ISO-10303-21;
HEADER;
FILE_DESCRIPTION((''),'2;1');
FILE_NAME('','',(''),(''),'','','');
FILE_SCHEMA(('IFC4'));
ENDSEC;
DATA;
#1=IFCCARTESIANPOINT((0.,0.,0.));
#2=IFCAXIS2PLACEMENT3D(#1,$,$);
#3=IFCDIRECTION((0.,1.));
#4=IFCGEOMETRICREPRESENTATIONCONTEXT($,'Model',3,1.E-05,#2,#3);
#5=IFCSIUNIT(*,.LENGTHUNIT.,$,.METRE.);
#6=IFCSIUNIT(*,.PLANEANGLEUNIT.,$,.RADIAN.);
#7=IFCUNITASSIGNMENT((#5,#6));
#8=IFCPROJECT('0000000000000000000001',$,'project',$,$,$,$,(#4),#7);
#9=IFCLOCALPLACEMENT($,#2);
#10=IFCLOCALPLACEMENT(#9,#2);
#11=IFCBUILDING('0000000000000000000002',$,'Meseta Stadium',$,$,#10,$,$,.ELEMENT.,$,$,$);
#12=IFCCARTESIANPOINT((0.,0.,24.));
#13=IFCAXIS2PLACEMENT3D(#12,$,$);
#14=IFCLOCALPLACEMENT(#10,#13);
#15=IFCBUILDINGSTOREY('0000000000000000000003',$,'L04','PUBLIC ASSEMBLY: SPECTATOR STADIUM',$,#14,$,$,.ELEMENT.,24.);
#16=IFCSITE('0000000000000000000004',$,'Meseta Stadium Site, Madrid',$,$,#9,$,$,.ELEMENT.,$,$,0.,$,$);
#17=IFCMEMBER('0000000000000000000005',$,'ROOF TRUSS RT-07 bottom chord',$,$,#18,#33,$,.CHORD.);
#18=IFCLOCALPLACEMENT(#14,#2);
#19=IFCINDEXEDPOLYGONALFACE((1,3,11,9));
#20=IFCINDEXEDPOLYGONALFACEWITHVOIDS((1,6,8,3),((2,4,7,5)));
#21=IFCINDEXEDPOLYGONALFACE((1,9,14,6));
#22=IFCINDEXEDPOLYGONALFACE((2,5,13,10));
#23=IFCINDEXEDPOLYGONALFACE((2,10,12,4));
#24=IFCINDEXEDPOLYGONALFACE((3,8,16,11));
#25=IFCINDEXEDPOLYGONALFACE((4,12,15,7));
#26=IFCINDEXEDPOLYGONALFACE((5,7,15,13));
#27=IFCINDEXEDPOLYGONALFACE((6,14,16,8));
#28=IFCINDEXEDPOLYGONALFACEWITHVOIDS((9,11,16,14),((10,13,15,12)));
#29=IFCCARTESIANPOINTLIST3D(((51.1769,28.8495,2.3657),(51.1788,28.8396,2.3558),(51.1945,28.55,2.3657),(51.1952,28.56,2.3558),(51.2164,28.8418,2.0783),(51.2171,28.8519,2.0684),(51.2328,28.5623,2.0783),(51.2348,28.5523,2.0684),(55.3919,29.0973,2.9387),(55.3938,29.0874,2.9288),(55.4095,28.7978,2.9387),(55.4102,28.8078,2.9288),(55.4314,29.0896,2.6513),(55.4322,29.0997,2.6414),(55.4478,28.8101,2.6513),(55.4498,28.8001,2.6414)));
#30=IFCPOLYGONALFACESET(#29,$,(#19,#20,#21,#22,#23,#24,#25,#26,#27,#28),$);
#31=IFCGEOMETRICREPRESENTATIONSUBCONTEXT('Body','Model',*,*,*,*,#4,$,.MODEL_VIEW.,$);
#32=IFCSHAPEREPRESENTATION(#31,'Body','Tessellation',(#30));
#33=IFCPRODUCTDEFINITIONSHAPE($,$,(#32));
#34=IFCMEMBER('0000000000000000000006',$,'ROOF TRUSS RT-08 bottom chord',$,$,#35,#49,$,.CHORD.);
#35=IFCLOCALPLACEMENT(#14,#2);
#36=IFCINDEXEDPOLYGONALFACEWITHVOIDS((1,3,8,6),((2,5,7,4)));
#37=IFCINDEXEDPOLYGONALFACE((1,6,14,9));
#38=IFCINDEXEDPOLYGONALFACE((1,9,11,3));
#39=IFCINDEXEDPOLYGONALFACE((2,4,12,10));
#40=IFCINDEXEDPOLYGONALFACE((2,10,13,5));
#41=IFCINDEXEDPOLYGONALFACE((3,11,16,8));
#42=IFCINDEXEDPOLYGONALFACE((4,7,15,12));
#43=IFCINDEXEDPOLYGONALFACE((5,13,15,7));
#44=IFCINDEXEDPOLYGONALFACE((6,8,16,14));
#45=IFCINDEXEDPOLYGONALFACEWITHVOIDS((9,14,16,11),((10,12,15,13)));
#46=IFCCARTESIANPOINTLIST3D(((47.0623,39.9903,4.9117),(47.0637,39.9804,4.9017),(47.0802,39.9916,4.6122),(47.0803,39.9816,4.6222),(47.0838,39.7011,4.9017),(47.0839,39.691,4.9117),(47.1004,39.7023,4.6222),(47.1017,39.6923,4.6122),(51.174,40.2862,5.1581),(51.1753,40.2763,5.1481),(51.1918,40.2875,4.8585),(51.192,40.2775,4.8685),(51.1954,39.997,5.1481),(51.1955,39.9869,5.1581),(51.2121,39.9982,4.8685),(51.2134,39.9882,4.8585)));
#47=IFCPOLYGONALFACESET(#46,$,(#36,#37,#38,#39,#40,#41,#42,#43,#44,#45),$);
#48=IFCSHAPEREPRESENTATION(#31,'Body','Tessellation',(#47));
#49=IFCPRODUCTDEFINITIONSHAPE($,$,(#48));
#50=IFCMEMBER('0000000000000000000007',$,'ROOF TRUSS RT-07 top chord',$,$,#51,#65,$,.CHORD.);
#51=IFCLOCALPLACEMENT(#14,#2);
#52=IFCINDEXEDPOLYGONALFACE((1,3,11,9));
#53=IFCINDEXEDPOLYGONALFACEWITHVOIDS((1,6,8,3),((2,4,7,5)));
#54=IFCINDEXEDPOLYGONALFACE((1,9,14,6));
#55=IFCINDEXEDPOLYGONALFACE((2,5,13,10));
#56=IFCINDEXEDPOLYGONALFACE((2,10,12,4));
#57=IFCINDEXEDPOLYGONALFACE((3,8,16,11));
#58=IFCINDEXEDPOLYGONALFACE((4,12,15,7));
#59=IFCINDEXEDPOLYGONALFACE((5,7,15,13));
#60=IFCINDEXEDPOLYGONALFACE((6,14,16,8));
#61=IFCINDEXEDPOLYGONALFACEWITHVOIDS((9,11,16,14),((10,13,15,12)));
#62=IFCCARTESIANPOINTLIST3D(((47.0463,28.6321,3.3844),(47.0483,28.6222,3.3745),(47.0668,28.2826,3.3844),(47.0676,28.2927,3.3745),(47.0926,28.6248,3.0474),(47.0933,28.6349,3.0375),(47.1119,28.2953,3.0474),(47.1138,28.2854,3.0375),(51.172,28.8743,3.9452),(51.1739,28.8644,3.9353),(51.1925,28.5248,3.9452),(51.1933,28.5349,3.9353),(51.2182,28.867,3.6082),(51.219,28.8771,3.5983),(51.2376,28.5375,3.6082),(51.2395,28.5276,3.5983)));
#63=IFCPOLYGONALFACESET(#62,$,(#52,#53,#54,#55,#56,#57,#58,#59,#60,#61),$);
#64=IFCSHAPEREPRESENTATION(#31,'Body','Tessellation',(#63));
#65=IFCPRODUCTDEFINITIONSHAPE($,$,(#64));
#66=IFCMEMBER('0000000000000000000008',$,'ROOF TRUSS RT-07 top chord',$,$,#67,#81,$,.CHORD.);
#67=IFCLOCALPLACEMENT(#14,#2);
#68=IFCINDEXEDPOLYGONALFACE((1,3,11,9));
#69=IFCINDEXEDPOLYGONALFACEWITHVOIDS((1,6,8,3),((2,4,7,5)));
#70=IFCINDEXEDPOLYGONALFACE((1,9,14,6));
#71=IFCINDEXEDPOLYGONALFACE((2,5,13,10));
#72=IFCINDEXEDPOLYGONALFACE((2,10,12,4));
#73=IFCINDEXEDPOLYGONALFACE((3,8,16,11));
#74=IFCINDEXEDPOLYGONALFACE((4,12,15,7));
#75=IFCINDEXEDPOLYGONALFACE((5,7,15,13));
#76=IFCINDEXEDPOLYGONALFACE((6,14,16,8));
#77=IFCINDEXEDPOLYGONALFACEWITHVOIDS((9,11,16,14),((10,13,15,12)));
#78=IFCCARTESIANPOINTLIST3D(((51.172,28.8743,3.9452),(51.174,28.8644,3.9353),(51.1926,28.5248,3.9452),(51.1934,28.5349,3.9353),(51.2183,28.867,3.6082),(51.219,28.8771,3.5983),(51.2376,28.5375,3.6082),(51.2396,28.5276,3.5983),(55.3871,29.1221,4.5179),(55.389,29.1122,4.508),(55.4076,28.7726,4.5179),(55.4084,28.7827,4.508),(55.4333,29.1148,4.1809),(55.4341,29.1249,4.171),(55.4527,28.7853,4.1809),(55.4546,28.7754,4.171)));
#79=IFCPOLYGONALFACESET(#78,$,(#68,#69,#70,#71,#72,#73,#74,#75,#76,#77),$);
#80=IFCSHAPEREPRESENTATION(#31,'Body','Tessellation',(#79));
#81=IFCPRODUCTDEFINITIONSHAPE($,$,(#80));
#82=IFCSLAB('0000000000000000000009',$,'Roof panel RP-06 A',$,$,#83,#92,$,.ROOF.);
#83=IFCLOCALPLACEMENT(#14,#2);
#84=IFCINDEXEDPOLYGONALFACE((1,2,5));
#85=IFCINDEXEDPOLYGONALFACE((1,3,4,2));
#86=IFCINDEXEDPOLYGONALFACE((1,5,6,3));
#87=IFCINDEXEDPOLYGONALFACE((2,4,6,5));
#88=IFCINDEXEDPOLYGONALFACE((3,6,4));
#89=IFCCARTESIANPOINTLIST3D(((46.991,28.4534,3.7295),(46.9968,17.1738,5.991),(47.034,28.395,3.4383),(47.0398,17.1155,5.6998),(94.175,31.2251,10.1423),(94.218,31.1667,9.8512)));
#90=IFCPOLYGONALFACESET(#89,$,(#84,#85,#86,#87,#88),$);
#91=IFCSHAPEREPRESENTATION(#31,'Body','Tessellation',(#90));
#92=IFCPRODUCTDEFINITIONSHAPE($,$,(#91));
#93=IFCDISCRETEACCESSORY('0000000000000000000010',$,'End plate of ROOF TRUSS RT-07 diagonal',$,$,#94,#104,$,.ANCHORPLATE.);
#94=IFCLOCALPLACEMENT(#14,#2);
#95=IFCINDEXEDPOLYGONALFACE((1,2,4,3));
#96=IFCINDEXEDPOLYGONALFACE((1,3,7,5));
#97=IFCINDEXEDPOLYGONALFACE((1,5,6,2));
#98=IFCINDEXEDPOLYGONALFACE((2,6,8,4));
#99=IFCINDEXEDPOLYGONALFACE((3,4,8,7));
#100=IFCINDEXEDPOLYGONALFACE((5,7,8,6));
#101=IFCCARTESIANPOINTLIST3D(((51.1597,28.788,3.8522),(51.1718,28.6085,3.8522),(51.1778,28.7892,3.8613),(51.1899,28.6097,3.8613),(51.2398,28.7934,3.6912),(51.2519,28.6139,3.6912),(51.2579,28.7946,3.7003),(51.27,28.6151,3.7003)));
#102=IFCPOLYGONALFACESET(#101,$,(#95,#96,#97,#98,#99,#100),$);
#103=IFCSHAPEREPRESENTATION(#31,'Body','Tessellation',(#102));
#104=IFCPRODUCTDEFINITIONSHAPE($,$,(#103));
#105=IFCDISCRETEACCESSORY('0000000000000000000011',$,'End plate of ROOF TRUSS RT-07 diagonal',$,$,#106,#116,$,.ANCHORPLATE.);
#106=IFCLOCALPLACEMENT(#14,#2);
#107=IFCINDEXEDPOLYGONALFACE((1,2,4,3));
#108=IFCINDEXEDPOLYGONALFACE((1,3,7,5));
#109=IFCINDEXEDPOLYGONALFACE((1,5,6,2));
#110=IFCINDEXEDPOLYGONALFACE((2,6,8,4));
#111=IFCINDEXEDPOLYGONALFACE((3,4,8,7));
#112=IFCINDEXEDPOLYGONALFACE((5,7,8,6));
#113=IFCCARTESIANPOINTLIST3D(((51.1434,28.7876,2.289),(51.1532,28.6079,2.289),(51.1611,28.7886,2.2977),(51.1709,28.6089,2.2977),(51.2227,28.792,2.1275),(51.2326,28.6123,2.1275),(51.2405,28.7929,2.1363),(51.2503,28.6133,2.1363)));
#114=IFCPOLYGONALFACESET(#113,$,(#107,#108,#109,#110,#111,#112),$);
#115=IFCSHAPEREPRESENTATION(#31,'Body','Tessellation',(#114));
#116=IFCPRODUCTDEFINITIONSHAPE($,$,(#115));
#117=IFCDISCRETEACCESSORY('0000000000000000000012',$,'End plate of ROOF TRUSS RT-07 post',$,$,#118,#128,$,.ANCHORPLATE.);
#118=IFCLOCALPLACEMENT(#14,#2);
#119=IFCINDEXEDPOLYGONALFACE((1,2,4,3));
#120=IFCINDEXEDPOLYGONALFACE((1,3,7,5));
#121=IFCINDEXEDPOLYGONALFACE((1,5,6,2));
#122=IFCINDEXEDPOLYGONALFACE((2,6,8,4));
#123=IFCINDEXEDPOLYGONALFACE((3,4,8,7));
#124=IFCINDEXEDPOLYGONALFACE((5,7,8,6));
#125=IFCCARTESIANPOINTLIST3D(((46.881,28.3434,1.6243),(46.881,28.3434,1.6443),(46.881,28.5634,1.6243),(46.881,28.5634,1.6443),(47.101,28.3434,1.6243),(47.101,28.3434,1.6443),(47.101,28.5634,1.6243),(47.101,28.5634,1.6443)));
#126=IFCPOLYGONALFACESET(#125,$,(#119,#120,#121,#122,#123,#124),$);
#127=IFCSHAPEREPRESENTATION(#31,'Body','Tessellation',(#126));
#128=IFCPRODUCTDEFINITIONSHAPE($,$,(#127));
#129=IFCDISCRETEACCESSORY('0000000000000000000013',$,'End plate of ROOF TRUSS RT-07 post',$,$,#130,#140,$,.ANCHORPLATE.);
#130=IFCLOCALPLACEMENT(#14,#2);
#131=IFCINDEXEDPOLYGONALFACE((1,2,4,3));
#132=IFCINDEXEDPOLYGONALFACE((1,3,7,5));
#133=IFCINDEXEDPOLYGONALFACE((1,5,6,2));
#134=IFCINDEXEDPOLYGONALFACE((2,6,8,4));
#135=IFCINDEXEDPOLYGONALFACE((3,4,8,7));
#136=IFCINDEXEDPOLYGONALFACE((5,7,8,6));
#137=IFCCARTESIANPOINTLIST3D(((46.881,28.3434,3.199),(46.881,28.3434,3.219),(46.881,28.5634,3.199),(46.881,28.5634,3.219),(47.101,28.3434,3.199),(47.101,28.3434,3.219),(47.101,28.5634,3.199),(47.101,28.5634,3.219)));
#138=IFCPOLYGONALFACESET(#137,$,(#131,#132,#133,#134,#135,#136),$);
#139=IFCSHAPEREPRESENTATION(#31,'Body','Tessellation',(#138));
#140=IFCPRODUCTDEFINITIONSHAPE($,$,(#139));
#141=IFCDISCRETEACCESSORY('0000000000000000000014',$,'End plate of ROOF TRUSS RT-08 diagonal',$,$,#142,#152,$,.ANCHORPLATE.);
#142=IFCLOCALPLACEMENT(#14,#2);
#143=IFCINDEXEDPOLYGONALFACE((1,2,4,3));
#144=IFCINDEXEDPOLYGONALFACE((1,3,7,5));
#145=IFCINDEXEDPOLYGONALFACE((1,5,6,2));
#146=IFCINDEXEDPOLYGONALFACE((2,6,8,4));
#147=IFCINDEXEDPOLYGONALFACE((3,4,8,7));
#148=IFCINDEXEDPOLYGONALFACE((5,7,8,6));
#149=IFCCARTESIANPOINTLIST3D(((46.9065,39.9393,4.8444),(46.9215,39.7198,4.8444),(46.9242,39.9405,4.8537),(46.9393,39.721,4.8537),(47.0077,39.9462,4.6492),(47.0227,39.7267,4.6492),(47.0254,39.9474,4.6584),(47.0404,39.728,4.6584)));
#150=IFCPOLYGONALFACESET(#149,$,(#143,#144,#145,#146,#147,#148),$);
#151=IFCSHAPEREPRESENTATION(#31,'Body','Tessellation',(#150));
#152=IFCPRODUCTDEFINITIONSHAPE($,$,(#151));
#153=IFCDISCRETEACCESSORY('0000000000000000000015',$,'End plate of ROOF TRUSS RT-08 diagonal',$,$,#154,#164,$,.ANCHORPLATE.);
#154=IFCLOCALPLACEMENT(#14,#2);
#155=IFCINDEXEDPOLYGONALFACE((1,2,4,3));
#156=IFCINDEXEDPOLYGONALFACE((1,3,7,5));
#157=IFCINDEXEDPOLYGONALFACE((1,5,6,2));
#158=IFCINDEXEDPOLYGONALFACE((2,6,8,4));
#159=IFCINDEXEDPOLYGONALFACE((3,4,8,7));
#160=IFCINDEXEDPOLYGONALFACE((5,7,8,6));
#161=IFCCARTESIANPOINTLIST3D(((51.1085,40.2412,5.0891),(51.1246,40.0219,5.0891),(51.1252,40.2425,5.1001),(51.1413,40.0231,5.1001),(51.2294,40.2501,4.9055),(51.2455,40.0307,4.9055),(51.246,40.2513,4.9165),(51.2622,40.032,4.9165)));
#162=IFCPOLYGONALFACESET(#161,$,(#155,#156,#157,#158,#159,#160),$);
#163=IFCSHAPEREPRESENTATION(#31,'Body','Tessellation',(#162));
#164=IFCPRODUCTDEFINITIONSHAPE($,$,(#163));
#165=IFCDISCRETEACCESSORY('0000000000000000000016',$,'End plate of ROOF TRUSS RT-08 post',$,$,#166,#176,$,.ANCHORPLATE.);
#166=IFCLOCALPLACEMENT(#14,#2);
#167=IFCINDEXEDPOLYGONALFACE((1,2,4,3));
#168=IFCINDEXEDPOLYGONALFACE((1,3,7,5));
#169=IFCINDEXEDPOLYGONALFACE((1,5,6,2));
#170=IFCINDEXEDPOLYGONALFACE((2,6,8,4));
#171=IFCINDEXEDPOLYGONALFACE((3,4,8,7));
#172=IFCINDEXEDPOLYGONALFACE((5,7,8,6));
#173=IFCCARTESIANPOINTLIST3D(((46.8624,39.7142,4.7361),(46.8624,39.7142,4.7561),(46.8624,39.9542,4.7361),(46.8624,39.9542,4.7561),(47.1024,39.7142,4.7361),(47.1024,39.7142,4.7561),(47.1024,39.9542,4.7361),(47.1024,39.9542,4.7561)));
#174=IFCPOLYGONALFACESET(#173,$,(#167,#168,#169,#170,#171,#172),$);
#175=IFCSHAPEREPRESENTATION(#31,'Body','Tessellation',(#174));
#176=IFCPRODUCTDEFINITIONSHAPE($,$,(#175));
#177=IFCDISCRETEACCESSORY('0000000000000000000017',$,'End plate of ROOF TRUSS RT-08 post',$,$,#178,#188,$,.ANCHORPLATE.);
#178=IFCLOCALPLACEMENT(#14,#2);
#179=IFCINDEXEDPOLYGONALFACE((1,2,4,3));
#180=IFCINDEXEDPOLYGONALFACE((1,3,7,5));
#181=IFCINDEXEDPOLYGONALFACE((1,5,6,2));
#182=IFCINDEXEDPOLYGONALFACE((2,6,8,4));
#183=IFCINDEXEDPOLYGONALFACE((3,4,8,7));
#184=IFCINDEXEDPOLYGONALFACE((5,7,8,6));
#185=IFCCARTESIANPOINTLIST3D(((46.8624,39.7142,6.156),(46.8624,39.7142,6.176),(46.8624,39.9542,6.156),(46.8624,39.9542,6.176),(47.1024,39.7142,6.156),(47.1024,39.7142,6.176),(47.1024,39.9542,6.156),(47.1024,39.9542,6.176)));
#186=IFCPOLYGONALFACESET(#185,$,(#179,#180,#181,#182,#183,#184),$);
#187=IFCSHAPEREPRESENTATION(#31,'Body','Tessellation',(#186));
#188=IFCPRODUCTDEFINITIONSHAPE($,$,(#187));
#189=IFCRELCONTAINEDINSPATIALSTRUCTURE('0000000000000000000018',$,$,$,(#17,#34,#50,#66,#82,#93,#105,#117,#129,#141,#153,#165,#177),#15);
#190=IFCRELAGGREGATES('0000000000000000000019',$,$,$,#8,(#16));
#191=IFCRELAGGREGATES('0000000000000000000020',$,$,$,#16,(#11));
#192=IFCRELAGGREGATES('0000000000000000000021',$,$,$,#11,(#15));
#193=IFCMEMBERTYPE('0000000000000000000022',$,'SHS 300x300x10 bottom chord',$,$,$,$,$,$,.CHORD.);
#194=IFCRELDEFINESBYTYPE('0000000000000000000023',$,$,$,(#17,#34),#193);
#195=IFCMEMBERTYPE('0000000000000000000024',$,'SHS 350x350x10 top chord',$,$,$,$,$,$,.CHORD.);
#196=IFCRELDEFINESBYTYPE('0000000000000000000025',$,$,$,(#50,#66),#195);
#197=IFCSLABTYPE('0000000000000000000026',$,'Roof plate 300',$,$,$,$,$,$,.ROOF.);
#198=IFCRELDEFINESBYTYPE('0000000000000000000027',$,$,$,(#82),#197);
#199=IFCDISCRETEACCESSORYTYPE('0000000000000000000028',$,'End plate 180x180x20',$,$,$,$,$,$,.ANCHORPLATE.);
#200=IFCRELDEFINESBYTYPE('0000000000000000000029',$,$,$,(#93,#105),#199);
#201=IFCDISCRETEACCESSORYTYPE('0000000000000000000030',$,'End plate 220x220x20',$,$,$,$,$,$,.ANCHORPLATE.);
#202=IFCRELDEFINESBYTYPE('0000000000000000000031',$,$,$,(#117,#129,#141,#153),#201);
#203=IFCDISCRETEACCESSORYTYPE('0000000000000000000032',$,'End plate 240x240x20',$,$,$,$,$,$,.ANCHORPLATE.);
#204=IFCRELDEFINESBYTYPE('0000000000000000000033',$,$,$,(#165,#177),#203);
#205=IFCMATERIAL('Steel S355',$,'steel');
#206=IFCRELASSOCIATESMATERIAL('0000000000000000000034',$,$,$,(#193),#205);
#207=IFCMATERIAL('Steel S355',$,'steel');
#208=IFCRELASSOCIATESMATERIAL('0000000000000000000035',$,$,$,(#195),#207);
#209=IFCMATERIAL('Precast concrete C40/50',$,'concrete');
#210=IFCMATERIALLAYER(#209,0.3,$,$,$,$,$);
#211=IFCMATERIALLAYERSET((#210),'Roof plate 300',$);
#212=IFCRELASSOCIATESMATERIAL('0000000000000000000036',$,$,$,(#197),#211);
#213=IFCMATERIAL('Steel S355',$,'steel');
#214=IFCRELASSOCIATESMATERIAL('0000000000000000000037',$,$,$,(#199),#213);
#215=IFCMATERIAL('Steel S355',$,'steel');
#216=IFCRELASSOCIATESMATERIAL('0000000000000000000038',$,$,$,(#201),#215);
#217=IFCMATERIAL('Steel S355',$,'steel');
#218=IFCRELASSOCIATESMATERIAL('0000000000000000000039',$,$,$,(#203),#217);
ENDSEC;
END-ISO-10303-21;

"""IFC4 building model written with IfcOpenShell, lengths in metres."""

from ifc_helpers import new_model, si_unit, direction, frame, origin, origin_2d, place, context, subcontext, project, spatial, polyline, rectangle, hollow_rectangle, outline, extrude, material, layer, layer_set, material_profile, profile_set, type_object, element, save


model = new_model("IFC4")

# Units and contexts
model_context = context("Model", 3, precision=1e-05, world=origin(), true_north=direction((0.0, 1.0)))
body_context = subcontext(model_context, "Body", "Model", "MODEL_VIEW")
ifc_project = project(units=[si_unit("LENGTHUNIT", "METRE"), si_unit("PLANEANGLEUNIT", "RADIAN")], contexts=[model_context])

# Site, building, storey
site_placement = place(None, origin())
site = spatial("IfcSite", under=ifc_project, at=site_placement, Name="Meseta Stadium Site, Madrid", CompositionType="ELEMENT", RefElevation=0.0)
building_placement = place(site_placement, origin())
building = spatial("IfcBuilding", under=site, at=building_placement, Name="Meseta Stadium", CompositionType="ELEMENT")
storey_placement = place(building_placement, frame((0.0, 0.0, 24.0)))
storey = spatial("IfcBuildingStorey", under=building, at=storey_placement, Name="L04", Description="PUBLIC ASSEMBLY: SPECTATOR STADIUM", CompositionType="ELEMENT", Elevation=24.0)

# Members
ifc_material_1 = material(Name="Steel S355", Category="steel")
ifc_material_profile_1 = material_profile(ifc_material_1, hollow_rectangle(XDim=0.3, YDim=0.3, WallThickness=0.01, at=origin_2d()), Name="SHS 300x300x10")
ifc_profile_set_1 = profile_set([ifc_material_profile_1], Name="Steel S355")
member_type_1 = type_object("IfcMemberType", Name="SHS 300x300x10 bottom chord", PredefinedType="CHORD", material=ifc_profile_set_1)
member_1_placement = place(storey_placement, frame((51.2058, 28.7009, 2.217), z_axis=(0.989209, 0.058155, 0.134473), x_axis=(-0.058688, 0.998276, 0.0)))
element("IfcMember", 1, at=member_1_placement, inside=storey, type_object=member_type_1, Name="ROOF TRUSS RT-07 bottom chord", PredefinedType="CHORD", context=body_context, shape_type="SweptSolid", body=[
    extrude(hollow_rectangle(XDim=0.3, YDim=0.3, WallThickness=0.01, at=origin_2d()), origin(), (0.0, 0.0, 1.0), 4.261),
])
member_2_placement = place(storey_placement, frame((47.082, 39.8413, 4.762), z_axis=(0.995644, 0.071654, 0.059652), x_axis=(-0.071782, 0.99742, 0.0)))
element("IfcMember", 2, at=member_2_placement, inside=storey, type_object=member_type_1, Name="ROOF TRUSS RT-08 bottom chord", PredefinedType="CHORD", context=body_context, shape_type="SweptSolid", body=[
    extrude(hollow_rectangle(XDim=0.3, YDim=0.3, WallThickness=0.01, at=origin_2d()), origin(), (0.0, 0.0, 1.0), 4.1296),
])
ifc_material_2 = material(Name="Steel S355", Category="steel")
ifc_material_profile_2 = material_profile(ifc_material_2, hollow_rectangle(XDim=0.3501, YDim=0.3501, WallThickness=0.01, at=origin_2d()), Name="SHS 350x350x10")
ifc_profile_set_2 = profile_set([ifc_material_profile_2], Name="Steel S355")
member_type_2 = type_object("IfcMemberType", Name="SHS 350x350x10 top chord", PredefinedType="CHORD", material=ifc_profile_set_2)
member_3_placement = place(storey_placement, frame((47.0801, 28.4587, 3.2109), z_axis=(0.989216, 0.058069, 0.134459), x_axis=(-0.058601, 0.998281, 0.0)))
element("IfcMember", 3, at=member_3_placement, inside=storey, type_object=member_type_2, Name="ROOF TRUSS RT-07 top chord", PredefinedType="CHORD", context=body_context, shape_type="SweptSolid", body=[
    extrude(hollow_rectangle(XDim=0.3501, YDim=0.3501, WallThickness=0.01, at=origin_2d()), origin(), (0.0, 0.0, 1.0), 4.1707),
])
member_4_placement = place(storey_placement, frame((51.2058, 28.7009, 3.7717), z_axis=(0.989217, 0.058156, 0.134417), x_axis=(-0.058688, 0.998276, 0.0)))
element("IfcMember", 4, at=member_4_placement, inside=storey, type_object=member_type_2, Name="ROOF TRUSS RT-07 top chord", PredefinedType="CHORD", context=body_context, shape_type="SweptSolid", body=[
    extrude(hollow_rectangle(XDim=0.3501, YDim=0.3501, WallThickness=0.01, at=origin_2d()), origin(), (0.0, 0.0, 1.0), 4.261),
])

# Slab
ifc_material_3 = material(Name="Precast concrete C40/50", Category="concrete")
ifc_layer = layer(ifc_material_3, 0.3)
ifc_layer_set = layer_set([ifc_layer], Name="Roof plate 300")
slab_type = type_object("IfcSlabType", Name="Roof plate 300", PredefinedType="ROOF", material=ifc_layer_set)
slab_placement = place(storey_placement, frame((46.991, 28.4534, 3.7295), z_axis=(-0.14331, 0.194481, 0.970381), x_axis=(0.989216, 0.058109, 0.134445)))
element("IfcSlab", 5, at=slab_placement, inside=storey, type_object=slab_type, Name="Roof panel RP-06 A", PredefinedType="ROOF", context=body_context, shape_type="SweptSolid", body=[
    extrude(outline(polyline([(0.0, 0.0), (47.6985, 0.0), (-0.3456, -11.4988), (0.0, 0.0)])), origin(), (0.0, 0.0, -1.0), 0.3),
])

# Discrete accessories
ifc_material_4 = material(Name="Steel S355", Category="steel")
ifc_material_profile_3 = material_profile(ifc_material_4, rectangle(XDim=0.1799, YDim=0.1799, at=origin_2d()), Name="PL 180x180")
ifc_profile_set_3 = profile_set([ifc_material_profile_3], Name="Steel S355")
discrete_accessory_type_1 = type_object("IfcDiscreteAccessoryType", Name="End plate 180x180x20", PredefinedType="ANCHORPLATE", material=ifc_profile_set_3)
discrete_accessory_1_placement = place(storey_placement, frame((51.2058, 28.7009, 3.7717), z_axis=(0.892798, 0.060324, 0.446399), x_axis=(-0.067414, 0.997725, 0.0)))
element("IfcDiscreteAccessory", 6, at=discrete_accessory_1_placement, inside=storey, type_object=discrete_accessory_type_1, Name="End plate of ROOF TRUSS RT-07 diagonal", PredefinedType="ANCHORPLATE", context=body_context, shape_type="SweptSolid", body=[
    extrude(rectangle(XDim=0.1799, YDim=0.1799, at=origin_2d()), origin(), (0.0, 0.0, 1.0), 0.0203),
])
discrete_accessory_2_placement = place(storey_placement, frame((51.188, 28.7, 2.2083), z_axis=(0.89579, 0.049084, 0.441759), x_axis=(-0.054712, 0.998502, 0.0)))
element("IfcDiscreteAccessory", 7, at=discrete_accessory_2_placement, inside=storey, type_object=discrete_accessory_type_1, Name="End plate of ROOF TRUSS RT-07 diagonal", PredefinedType="ANCHORPLATE", context=body_context, shape_type="SweptSolid", body=[
    extrude(rectangle(XDim=0.1799, YDim=0.1799, at=origin_2d()), origin(), (0.0, 0.0, 1.0), 0.0198),
])
ifc_material_5 = material(Name="Steel S355", Category="steel")
ifc_material_profile_4 = material_profile(ifc_material_5, rectangle(XDim=0.22, YDim=0.22, at=origin_2d()), Name="PL 220x220")
ifc_profile_set_4 = profile_set([ifc_material_profile_4], Name="Steel S355")
discrete_accessory_type_2 = type_object("IfcDiscreteAccessoryType", Name="End plate 220x220x20", PredefinedType="ANCHORPLATE", material=ifc_profile_set_4)
for number, where, z_axis, x_axis, name in (
    (8, (46.991, 28.4534, 1.6243), (0.0, 0.0, 1.0), (1.0, 0.0, 0.0), "End plate of ROOF TRUSS RT-07 post"),
    (9, (46.991, 28.4534, 3.199), (0.0, 0.0, 1.0), (1.0, 0.0, 0.0), "End plate of ROOF TRUSS RT-07 post"),
    (10, (46.9646, 39.833, 4.7468), (0.885385, 0.060643, 0.460885), (-0.068333, 0.997663, 0.0), "End plate of ROOF TRUSS RT-08 diagonal"),
    (11, (51.177, 40.136, 4.9973), (0.832369, 0.061204, 0.550832), (-0.073331, 0.997308, 0.0), "End plate of ROOF TRUSS RT-08 diagonal"),
):
    element("IfcDiscreteAccessory", number, at=place(storey_placement, frame(where, z_axis=z_axis, x_axis=x_axis)), inside=storey, type_object=discrete_accessory_type_2, Name=name, PredefinedType="ANCHORPLATE", context=body_context, shape_type="SweptSolid", body=[
        extrude(rectangle(XDim=0.22, YDim=0.22, at=origin_2d()), origin(), (0.0, 0.0, 1.0), 0.02),
    ])
ifc_material_6 = material(Name="Steel S355", Category="steel")
ifc_material_profile_5 = material_profile(ifc_material_6, rectangle(XDim=0.24, YDim=0.24, at=origin_2d()), Name="PL 240x240")
ifc_profile_set_5 = profile_set([ifc_material_profile_5], Name="Steel S355")
discrete_accessory_type_3 = type_object("IfcDiscreteAccessoryType", Name="End plate 240x240x20", PredefinedType="ANCHORPLATE", material=ifc_profile_set_5)
for number, where, z_axis, x_axis, name in (
    (12, (46.9824, 39.8342, 4.7361), (0.0, 0.0, 1.0), (1.0, 0.0, 0.0), "End plate of ROOF TRUSS RT-08 post"),
    (13, (46.9824, 39.8342, 6.156), (0.0, 0.0, 1.0), (1.0, 0.0, 0.0), "End plate of ROOF TRUSS RT-08 post"),
):
    element("IfcDiscreteAccessory", number, at=place(storey_placement, frame(where, z_axis=z_axis, x_axis=x_axis)), inside=storey, type_object=discrete_accessory_type_3, Name=name, PredefinedType="ANCHORPLATE", context=body_context, shape_type="SweptSolid", body=[
        extrude(rectangle(XDim=0.24, YDim=0.24, at=origin_2d()), origin(), (0.0, 0.0, 1.0), 0.02),
    ])

save(model, "model.ifc")
